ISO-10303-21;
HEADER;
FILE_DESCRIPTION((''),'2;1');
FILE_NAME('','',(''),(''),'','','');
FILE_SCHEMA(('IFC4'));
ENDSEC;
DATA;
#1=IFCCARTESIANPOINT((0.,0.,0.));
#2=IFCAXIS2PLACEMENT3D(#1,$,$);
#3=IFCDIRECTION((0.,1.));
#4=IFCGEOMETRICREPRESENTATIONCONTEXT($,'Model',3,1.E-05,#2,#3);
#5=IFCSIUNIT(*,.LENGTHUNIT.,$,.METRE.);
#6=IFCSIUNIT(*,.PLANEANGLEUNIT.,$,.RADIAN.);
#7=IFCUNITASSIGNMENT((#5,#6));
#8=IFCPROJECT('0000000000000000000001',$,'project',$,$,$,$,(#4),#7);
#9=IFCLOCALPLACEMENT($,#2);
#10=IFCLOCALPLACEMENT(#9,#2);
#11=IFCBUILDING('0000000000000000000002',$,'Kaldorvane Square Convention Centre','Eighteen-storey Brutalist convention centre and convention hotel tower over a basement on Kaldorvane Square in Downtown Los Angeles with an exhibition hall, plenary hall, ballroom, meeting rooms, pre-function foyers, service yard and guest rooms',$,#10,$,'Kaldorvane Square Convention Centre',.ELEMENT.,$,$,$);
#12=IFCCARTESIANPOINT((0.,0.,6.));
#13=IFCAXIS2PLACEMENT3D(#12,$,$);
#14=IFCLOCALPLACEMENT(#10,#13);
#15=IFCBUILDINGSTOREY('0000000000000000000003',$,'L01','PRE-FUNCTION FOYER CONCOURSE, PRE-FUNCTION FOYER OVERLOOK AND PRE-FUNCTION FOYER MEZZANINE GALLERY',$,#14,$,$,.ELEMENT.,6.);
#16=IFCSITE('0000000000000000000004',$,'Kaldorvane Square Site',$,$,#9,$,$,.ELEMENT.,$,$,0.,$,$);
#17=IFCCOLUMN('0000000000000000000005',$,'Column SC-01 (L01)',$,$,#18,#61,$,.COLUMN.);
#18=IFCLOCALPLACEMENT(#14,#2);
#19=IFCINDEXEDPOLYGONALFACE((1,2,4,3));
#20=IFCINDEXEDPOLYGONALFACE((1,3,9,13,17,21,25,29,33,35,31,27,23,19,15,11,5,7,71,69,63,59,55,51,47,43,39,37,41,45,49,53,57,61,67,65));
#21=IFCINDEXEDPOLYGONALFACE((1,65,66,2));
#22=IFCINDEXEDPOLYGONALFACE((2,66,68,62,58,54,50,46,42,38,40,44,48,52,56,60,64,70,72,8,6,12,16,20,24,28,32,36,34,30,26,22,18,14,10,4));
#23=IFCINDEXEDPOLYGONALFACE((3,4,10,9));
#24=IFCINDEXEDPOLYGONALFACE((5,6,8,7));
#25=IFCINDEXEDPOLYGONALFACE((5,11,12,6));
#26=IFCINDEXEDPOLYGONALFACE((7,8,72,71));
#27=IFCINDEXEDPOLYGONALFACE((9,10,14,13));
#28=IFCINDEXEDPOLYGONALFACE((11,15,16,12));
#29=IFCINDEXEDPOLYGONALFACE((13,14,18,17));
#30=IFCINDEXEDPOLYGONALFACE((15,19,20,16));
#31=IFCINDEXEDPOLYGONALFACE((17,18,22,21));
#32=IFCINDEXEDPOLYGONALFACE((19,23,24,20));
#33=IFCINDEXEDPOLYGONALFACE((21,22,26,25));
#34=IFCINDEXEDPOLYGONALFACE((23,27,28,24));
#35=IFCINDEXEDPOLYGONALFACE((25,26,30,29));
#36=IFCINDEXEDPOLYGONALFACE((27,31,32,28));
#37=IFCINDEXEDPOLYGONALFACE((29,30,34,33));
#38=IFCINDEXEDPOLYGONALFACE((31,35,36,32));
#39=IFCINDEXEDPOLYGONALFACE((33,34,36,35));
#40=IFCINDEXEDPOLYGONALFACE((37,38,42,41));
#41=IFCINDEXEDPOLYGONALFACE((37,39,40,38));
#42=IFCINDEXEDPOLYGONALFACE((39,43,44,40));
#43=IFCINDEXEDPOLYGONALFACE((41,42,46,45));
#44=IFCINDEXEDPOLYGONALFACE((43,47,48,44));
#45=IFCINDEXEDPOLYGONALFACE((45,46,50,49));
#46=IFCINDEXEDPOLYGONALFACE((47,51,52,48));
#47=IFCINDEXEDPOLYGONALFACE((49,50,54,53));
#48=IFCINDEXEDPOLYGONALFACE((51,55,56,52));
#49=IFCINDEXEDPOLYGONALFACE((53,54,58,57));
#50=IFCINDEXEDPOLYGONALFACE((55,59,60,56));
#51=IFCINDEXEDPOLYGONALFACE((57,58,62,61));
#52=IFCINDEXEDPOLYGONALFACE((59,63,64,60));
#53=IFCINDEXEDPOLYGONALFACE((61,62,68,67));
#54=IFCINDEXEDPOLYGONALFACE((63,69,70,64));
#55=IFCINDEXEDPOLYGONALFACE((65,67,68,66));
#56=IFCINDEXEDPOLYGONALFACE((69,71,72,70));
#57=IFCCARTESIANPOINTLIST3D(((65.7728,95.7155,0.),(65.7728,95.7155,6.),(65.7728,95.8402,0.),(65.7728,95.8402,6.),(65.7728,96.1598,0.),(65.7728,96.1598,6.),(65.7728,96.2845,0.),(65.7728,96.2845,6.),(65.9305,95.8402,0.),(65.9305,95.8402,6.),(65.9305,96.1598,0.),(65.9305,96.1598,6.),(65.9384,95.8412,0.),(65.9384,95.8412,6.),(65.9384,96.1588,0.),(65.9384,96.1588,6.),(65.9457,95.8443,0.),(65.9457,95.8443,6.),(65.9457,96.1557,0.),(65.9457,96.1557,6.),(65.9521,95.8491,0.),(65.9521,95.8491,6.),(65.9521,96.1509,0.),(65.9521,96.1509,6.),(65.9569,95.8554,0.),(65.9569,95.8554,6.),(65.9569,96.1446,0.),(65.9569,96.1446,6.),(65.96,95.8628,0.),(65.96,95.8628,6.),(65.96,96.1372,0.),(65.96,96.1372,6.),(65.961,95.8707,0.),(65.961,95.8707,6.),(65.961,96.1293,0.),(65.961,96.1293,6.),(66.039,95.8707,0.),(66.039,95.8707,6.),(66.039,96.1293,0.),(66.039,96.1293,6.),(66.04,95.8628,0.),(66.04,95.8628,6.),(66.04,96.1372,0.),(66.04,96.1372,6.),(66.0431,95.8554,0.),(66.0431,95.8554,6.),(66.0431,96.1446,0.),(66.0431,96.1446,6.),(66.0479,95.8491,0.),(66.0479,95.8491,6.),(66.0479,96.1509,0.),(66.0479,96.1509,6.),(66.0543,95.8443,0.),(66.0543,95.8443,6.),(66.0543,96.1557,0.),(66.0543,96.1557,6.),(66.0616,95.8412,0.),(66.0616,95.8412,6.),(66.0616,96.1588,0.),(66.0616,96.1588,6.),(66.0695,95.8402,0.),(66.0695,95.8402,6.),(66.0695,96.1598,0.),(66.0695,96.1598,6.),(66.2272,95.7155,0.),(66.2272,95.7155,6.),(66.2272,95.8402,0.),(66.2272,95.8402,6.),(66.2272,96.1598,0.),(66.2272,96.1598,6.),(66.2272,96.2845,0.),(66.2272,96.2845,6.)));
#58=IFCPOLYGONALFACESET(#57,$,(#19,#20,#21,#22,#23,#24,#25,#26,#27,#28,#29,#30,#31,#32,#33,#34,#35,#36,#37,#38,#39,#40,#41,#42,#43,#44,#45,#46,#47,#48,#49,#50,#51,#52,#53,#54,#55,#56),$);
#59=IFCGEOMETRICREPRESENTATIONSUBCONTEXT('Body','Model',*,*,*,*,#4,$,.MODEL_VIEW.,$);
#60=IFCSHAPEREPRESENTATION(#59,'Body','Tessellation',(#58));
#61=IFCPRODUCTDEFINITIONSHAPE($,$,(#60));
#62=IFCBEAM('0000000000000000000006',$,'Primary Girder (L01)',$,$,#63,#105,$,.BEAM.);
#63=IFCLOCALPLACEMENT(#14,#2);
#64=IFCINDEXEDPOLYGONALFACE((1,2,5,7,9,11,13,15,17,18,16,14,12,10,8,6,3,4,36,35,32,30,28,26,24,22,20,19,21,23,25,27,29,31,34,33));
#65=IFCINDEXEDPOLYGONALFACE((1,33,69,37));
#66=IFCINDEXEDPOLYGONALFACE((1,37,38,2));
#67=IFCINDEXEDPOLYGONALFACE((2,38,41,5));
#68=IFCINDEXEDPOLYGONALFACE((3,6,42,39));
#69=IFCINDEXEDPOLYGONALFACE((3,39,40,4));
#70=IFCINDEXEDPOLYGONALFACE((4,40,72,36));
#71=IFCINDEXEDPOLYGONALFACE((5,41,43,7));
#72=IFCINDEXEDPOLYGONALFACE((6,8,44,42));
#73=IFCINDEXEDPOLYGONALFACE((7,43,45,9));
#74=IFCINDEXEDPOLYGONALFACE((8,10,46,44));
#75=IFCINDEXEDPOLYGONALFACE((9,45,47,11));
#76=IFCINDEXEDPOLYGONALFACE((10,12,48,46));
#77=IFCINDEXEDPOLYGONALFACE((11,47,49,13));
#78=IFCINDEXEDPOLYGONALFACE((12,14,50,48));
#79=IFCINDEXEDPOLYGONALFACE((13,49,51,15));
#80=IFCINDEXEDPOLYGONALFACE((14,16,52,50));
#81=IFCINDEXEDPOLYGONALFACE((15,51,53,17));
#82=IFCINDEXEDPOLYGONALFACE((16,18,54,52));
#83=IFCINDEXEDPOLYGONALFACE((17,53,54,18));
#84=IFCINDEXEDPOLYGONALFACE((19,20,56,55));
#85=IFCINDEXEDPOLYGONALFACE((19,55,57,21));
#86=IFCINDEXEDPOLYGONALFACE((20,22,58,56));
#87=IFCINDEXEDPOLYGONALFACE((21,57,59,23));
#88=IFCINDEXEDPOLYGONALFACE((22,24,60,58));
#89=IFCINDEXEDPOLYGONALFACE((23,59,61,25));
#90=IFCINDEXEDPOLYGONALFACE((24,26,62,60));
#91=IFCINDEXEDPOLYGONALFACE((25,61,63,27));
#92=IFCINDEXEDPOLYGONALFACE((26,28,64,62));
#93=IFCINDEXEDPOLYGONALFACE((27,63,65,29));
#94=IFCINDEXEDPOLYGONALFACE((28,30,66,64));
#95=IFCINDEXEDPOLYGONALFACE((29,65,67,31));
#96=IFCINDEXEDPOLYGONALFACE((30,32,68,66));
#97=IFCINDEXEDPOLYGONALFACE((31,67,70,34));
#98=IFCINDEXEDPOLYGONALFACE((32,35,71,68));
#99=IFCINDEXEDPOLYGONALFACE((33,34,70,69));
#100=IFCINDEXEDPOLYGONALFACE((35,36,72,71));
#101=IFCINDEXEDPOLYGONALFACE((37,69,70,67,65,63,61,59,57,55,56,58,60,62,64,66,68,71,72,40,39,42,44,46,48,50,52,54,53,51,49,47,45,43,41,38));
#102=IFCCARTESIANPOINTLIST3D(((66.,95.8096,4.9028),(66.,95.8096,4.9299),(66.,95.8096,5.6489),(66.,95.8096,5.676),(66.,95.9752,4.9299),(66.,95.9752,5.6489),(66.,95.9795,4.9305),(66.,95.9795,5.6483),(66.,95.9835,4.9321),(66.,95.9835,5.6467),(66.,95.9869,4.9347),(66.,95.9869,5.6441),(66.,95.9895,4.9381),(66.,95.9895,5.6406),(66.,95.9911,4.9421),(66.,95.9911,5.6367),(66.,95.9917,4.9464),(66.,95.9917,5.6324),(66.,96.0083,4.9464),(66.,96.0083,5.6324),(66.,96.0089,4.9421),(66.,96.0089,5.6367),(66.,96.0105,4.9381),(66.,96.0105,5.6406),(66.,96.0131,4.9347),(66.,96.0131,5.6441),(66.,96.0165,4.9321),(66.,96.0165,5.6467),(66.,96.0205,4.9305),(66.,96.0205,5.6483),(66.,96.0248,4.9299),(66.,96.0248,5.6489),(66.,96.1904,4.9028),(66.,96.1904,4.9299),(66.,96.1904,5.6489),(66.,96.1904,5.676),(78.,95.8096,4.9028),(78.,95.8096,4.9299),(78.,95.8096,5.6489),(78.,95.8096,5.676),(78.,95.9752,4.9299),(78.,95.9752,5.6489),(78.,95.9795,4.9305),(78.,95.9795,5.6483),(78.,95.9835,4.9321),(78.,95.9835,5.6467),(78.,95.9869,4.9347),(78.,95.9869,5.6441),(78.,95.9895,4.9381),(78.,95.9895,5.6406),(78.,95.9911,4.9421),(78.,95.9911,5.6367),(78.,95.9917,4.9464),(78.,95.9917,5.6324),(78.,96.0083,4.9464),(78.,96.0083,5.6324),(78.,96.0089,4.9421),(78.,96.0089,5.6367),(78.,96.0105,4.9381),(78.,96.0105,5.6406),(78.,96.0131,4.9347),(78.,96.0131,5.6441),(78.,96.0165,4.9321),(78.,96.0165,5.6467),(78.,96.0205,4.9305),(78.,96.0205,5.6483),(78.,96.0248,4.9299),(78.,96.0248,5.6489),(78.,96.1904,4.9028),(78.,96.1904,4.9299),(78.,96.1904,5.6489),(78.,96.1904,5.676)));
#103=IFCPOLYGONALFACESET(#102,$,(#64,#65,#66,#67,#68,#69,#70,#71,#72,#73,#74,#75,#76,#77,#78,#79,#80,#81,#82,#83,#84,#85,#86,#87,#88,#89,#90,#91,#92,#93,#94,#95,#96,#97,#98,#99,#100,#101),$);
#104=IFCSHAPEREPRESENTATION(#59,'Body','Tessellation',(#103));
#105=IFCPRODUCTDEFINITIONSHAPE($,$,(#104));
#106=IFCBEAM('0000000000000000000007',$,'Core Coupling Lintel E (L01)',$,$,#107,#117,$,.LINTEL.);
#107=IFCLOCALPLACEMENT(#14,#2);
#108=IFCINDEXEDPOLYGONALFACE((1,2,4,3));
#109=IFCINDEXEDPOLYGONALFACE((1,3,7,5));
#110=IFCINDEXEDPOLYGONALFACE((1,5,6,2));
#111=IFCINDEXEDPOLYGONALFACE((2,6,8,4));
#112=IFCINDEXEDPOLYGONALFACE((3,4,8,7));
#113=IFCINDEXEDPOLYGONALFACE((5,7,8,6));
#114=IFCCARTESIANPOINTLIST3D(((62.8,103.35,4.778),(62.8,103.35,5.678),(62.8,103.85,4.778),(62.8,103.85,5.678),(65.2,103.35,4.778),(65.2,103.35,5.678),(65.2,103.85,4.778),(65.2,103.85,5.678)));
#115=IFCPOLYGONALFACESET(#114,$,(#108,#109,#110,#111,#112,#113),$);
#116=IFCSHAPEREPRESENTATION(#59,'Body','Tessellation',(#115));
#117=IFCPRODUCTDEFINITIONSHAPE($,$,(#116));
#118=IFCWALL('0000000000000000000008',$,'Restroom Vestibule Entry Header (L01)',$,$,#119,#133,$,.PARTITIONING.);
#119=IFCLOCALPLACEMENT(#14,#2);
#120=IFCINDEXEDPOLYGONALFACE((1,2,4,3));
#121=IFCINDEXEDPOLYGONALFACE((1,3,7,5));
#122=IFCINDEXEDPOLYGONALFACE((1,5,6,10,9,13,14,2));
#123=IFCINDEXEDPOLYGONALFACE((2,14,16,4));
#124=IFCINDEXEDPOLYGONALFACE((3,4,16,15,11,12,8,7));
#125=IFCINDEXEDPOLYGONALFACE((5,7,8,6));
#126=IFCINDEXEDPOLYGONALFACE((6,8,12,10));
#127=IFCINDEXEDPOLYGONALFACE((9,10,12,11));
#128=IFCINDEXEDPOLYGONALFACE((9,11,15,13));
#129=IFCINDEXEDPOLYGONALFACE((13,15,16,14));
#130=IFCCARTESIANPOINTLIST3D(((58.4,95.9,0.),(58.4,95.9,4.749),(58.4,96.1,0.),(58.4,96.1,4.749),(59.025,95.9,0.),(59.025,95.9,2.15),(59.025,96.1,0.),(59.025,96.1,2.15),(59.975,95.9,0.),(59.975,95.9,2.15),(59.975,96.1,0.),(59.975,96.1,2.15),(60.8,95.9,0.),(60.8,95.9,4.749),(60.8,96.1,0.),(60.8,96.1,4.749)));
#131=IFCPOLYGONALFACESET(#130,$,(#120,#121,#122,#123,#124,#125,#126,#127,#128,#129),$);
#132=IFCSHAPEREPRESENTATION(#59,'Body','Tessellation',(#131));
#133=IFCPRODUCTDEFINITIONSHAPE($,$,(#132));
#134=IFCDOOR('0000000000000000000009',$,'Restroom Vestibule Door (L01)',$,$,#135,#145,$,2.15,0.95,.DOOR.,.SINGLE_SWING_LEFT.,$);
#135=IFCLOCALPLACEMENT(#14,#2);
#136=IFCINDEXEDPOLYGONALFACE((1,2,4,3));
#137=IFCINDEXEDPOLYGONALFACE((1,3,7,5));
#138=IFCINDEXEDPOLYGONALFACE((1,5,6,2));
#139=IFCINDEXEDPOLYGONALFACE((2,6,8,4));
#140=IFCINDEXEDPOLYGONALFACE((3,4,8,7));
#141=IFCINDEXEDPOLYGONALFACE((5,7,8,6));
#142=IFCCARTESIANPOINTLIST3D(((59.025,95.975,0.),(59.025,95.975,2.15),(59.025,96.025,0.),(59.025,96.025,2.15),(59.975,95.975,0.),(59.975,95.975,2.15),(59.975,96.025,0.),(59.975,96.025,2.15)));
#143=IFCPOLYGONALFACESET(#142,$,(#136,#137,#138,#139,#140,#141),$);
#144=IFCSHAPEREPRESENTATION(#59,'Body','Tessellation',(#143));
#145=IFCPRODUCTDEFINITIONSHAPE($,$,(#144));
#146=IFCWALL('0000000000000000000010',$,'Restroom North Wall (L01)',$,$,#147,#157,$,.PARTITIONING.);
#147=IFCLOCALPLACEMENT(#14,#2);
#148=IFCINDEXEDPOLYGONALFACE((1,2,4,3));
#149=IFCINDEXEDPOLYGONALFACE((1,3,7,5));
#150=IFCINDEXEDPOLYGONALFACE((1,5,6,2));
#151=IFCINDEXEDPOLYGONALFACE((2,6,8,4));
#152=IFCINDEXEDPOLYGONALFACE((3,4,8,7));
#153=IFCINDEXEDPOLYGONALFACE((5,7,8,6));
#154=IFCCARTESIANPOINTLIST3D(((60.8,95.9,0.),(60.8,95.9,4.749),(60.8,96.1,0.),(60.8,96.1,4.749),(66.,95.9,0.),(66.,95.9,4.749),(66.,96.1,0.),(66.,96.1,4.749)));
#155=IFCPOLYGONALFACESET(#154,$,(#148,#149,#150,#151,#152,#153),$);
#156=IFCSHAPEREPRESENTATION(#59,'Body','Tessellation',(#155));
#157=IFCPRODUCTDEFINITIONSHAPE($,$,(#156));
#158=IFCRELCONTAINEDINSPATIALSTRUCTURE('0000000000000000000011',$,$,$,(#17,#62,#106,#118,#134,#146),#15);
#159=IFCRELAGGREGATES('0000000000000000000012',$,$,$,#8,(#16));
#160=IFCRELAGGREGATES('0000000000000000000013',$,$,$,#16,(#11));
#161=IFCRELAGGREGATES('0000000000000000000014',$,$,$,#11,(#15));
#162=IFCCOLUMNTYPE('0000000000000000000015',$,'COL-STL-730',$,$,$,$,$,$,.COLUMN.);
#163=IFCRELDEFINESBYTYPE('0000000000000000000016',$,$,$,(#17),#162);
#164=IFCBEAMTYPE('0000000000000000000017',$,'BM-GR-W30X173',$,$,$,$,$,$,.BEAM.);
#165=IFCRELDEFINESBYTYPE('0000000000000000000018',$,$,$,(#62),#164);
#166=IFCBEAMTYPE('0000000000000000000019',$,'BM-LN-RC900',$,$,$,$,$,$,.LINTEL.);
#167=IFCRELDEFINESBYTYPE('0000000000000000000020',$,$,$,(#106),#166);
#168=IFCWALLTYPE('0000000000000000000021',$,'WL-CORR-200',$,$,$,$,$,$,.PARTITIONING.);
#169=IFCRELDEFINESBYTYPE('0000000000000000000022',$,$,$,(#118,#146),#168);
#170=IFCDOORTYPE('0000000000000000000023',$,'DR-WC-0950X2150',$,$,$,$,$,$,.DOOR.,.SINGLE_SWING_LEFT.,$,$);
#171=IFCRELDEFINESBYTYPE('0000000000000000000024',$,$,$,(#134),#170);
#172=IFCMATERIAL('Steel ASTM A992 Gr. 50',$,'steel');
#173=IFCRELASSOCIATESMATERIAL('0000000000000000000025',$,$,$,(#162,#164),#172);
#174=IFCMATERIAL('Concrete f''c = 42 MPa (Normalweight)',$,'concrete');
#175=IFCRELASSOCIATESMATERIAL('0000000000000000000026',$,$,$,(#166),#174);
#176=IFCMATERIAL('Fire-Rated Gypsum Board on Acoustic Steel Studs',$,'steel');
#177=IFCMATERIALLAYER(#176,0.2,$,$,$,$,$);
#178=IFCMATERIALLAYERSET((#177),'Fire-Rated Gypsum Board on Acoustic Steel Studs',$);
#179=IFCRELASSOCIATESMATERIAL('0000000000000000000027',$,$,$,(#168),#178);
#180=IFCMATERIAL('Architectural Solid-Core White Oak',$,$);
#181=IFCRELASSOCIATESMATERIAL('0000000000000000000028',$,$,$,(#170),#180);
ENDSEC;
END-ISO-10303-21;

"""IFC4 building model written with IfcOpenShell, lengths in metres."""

from ifc_helpers import new_model, si_unit, direction, frame, frame_2d, origin, origin_2d, place, context, subcontext, project, spatial, rectangle, i_section, extrude, material, layer, layer_set, material_profile, profile_set, type_object, element, fill, save


model = new_model("IFC4")

# Units and contexts
model_context = context("Model", 3, precision=1e-05, world=origin(), true_north=direction((0.0, 1.0)))
body_context = subcontext(model_context, "Body", "Model", "MODEL_VIEW")
ifc_project = project(units=[si_unit("LENGTHUNIT", "METRE"), si_unit("PLANEANGLEUNIT", "RADIAN")], contexts=[model_context])

# Site, building, storey
site_placement = place(None, origin())
site = spatial("IfcSite", under=ifc_project, at=site_placement, Name="Kaldorvane Square Site", CompositionType="ELEMENT", RefElevation=0.0)
building_placement = place(site_placement, origin())
building = spatial("IfcBuilding", under=site, at=building_placement, Name="Kaldorvane Square Convention Centre", Description="Eighteen-storey Brutalist convention centre and convention hotel tower over a basement on Kaldorvane Square in Downtown Los Angeles with an exhibition hall, plenary hall, ballroom, meeting rooms, pre-function foyers, service yard and guest rooms", LongName="Kaldorvane Square Convention Centre", CompositionType="ELEMENT")
storey_placement = place(building_placement, frame((0.0, 0.0, 6.0)))
storey = spatial("IfcBuildingStorey", under=building, at=storey_placement, Name="L01", Description="PRE-FUNCTION FOYER CONCOURSE, PRE-FUNCTION FOYER OVERLOOK AND PRE-FUNCTION FOYER MEZZANINE GALLERY", CompositionType="ELEMENT", Elevation=6.0)

# Column
ifc_material_1 = material(Name="Steel ASTM A992 Gr. 50", Category="steel")
ifc_material_profile_1 = material_profile(ifc_material_1, i_section(OverallWidth=0.4544, OverallDepth=0.569, WebThickness=0.078, FlangeThickness=0.1247, FilletRadius=0.0305, at=origin_2d()), Name="W14X730")
ifc_profile_set_1 = profile_set([ifc_material_profile_1], Name="Steel ASTM A992 Gr. 50")
column_type = type_object("IfcColumnType", Name="COL-STL-730", PredefinedType="COLUMN", material=ifc_profile_set_1)
column_placement = place(storey_placement, frame((66.0, 96.0, 0.0), z_axis=(0.0, 0.0, 1.0), x_axis=(1.0, 0.0, 0.0)))
element("IfcColumn", 1, at=column_placement, inside=storey, type_object=column_type, Name="Column SC-01 (L01)", PredefinedType="COLUMN", context=body_context, shape_type="SweptSolid", body=[
    extrude(i_section(OverallWidth=0.4544, OverallDepth=0.569, WebThickness=0.078, FlangeThickness=0.1247, FilletRadius=0.0305, at=origin_2d()), origin(), (0.0, 0.0, 1.0), 6.0),
])

# Beams
ifc_material_profile_2 = material_profile(ifc_material_1, i_section(OverallWidth=0.3807, OverallDepth=0.7732, WebThickness=0.0166, FlangeThickness=0.0271, FilletRadius=0.0165, at=origin_2d()), Name="W30X173")
ifc_profile_set_2 = profile_set([ifc_material_profile_2], Name="Steel ASTM A992 Gr. 50")
beam_type_1 = type_object("IfcBeamType", Name="BM-GR-W30X173", PredefinedType="BEAM", material=ifc_profile_set_2)
beam_1_placement = place(storey_placement, frame((66.0, 96.0, 5.2894), z_axis=(1.0, 0.0, 0.0), x_axis=(0.0, 1.0, 0.0)))
element("IfcBeam", 2, at=beam_1_placement, inside=storey, type_object=beam_type_1, Name="Primary Girder (L01)", PredefinedType="BEAM", context=body_context, shape_type="SweptSolid", body=[
    extrude(i_section(OverallWidth=0.3807, OverallDepth=0.7732, WebThickness=0.0166, FlangeThickness=0.0271, FilletRadius=0.0165, at=origin_2d()), origin(), (0.0, 0.0, 1.0), 12.0),
])
ifc_material_2 = material(Name="Concrete f'c = 42 MPa (Normalweight)", Category="concrete")
ifc_material_profile_3 = material_profile(ifc_material_2, rectangle(XDim=0.5, YDim=0.9, at=origin_2d()), Name="RCLN900X500")
ifc_profile_set_3 = profile_set([ifc_material_profile_3], Name="Concrete f'c = 42 MPa (Normalweight)")
beam_type_2 = type_object("IfcBeamType", Name="BM-LN-RC900", PredefinedType="LINTEL", material=ifc_profile_set_3)
beam_2_placement = place(storey_placement, frame((62.8, 103.6, 5.228), z_axis=(1.0, 0.0, 0.0), x_axis=(0.0, 1.0, 0.0)))
element("IfcBeam", 3, at=beam_2_placement, inside=storey, type_object=beam_type_2, Name="Core Coupling Lintel E (L01)", PredefinedType="LINTEL", context=body_context, shape_type="SweptSolid", body=[
    extrude(rectangle(XDim=0.5, YDim=0.9, at=origin_2d()), origin(), (0.0, 0.0, 1.0), 2.4),
])

# Wall, opening, door
ifc_material_3 = material(Name="Fire-Rated Gypsum Board on Acoustic Steel Studs", Category="steel")
ifc_layer_1 = layer(ifc_material_3, 0.2)
ifc_layer_set_1 = layer_set([ifc_layer_1], Name="Fire-Rated Gypsum Board on Acoustic Steel Studs")
wall_type_1 = type_object("IfcWallType", Name="WL-CORR-200", PredefinedType="PARTITIONING", material=ifc_layer_set_1)
wall_1_placement = place(storey_placement, frame((58.4, 96.0, 0.0), z_axis=(0.0, 0.0, 1.0), x_axis=(1.0, 0.0, 0.0)))
wall_1 = element("IfcWall", 4, at=wall_1_placement, inside=storey, type_object=wall_type_1, Name="Restroom Vestibule Entry Header (L01)", PredefinedType="PARTITIONING", context=body_context, shape_type="SweptSolid", body=[
    extrude(rectangle(XDim=2.4, YDim=0.2, at=frame_2d((1.2, 0.0))), origin(), (0.0, 0.0, 1.0), 4.749),
])
opening_1_placement = place(wall_1_placement, frame((0.625, 0.0, 0.0)))
opening_1 = element("IfcOpeningElement", 5, at=opening_1_placement, cuts=wall_1, PredefinedType="OPENING", context=body_context, shape_type="SweptSolid", body=[
    extrude(rectangle(XDim=0.95, YDim=2.15, at=frame_2d((0.475, 1.075))), frame((0.0, 0.115, 0.0), z_axis=(0.0, -1.0, 0.0), x_axis=(1.0, 0.0, 0.0)), (0.0, 0.0, 1.0), 0.23),
])
ifc_material_4 = material(Name="Architectural Solid-Core White Oak")
door_type_1 = type_object("IfcDoorType", Name="DR-WC-0950X2150", OperationType="SINGLE_SWING_LEFT", PredefinedType="DOOR", material=ifc_material_4)
door_1_placement = place(opening_1_placement, origin())
door_1 = element("IfcDoor", 6, at=door_1_placement, inside=storey, type_object=door_type_1, Name="Restroom Vestibule Door (L01)", OperationType="SINGLE_SWING_LEFT", OverallHeight=2.15, OverallWidth=0.95, PredefinedType="DOOR", context=body_context, shape_type="SweptSolid", body=[
    extrude(rectangle(XDim=0.95, YDim=2.15, at=frame_2d((0.475, 1.075))), frame((0.0, 0.025, 0.0), z_axis=(0.0, -1.0, 0.0), x_axis=(1.0, 0.0, 0.0)), (0.0, 0.0, 1.0), 0.05),
])
fill(opening_1, door_1)

# Wall
wall_2_placement = place(storey_placement, frame((60.8, 96.0, 0.0), z_axis=(0.0, 0.0, 1.0), x_axis=(1.0, 0.0, 0.0)))
element("IfcWall", 7, at=wall_2_placement, inside=storey, type_object=wall_type_1, Name="Restroom North Wall (L01)", PredefinedType="PARTITIONING", context=body_context, shape_type="SweptSolid", body=[
    extrude(rectangle(XDim=5.2, YDim=0.2, at=frame_2d((2.6, 0.0))), origin(), (0.0, 0.0, 1.0), 4.749),
])

save(model, "model.ifc")
